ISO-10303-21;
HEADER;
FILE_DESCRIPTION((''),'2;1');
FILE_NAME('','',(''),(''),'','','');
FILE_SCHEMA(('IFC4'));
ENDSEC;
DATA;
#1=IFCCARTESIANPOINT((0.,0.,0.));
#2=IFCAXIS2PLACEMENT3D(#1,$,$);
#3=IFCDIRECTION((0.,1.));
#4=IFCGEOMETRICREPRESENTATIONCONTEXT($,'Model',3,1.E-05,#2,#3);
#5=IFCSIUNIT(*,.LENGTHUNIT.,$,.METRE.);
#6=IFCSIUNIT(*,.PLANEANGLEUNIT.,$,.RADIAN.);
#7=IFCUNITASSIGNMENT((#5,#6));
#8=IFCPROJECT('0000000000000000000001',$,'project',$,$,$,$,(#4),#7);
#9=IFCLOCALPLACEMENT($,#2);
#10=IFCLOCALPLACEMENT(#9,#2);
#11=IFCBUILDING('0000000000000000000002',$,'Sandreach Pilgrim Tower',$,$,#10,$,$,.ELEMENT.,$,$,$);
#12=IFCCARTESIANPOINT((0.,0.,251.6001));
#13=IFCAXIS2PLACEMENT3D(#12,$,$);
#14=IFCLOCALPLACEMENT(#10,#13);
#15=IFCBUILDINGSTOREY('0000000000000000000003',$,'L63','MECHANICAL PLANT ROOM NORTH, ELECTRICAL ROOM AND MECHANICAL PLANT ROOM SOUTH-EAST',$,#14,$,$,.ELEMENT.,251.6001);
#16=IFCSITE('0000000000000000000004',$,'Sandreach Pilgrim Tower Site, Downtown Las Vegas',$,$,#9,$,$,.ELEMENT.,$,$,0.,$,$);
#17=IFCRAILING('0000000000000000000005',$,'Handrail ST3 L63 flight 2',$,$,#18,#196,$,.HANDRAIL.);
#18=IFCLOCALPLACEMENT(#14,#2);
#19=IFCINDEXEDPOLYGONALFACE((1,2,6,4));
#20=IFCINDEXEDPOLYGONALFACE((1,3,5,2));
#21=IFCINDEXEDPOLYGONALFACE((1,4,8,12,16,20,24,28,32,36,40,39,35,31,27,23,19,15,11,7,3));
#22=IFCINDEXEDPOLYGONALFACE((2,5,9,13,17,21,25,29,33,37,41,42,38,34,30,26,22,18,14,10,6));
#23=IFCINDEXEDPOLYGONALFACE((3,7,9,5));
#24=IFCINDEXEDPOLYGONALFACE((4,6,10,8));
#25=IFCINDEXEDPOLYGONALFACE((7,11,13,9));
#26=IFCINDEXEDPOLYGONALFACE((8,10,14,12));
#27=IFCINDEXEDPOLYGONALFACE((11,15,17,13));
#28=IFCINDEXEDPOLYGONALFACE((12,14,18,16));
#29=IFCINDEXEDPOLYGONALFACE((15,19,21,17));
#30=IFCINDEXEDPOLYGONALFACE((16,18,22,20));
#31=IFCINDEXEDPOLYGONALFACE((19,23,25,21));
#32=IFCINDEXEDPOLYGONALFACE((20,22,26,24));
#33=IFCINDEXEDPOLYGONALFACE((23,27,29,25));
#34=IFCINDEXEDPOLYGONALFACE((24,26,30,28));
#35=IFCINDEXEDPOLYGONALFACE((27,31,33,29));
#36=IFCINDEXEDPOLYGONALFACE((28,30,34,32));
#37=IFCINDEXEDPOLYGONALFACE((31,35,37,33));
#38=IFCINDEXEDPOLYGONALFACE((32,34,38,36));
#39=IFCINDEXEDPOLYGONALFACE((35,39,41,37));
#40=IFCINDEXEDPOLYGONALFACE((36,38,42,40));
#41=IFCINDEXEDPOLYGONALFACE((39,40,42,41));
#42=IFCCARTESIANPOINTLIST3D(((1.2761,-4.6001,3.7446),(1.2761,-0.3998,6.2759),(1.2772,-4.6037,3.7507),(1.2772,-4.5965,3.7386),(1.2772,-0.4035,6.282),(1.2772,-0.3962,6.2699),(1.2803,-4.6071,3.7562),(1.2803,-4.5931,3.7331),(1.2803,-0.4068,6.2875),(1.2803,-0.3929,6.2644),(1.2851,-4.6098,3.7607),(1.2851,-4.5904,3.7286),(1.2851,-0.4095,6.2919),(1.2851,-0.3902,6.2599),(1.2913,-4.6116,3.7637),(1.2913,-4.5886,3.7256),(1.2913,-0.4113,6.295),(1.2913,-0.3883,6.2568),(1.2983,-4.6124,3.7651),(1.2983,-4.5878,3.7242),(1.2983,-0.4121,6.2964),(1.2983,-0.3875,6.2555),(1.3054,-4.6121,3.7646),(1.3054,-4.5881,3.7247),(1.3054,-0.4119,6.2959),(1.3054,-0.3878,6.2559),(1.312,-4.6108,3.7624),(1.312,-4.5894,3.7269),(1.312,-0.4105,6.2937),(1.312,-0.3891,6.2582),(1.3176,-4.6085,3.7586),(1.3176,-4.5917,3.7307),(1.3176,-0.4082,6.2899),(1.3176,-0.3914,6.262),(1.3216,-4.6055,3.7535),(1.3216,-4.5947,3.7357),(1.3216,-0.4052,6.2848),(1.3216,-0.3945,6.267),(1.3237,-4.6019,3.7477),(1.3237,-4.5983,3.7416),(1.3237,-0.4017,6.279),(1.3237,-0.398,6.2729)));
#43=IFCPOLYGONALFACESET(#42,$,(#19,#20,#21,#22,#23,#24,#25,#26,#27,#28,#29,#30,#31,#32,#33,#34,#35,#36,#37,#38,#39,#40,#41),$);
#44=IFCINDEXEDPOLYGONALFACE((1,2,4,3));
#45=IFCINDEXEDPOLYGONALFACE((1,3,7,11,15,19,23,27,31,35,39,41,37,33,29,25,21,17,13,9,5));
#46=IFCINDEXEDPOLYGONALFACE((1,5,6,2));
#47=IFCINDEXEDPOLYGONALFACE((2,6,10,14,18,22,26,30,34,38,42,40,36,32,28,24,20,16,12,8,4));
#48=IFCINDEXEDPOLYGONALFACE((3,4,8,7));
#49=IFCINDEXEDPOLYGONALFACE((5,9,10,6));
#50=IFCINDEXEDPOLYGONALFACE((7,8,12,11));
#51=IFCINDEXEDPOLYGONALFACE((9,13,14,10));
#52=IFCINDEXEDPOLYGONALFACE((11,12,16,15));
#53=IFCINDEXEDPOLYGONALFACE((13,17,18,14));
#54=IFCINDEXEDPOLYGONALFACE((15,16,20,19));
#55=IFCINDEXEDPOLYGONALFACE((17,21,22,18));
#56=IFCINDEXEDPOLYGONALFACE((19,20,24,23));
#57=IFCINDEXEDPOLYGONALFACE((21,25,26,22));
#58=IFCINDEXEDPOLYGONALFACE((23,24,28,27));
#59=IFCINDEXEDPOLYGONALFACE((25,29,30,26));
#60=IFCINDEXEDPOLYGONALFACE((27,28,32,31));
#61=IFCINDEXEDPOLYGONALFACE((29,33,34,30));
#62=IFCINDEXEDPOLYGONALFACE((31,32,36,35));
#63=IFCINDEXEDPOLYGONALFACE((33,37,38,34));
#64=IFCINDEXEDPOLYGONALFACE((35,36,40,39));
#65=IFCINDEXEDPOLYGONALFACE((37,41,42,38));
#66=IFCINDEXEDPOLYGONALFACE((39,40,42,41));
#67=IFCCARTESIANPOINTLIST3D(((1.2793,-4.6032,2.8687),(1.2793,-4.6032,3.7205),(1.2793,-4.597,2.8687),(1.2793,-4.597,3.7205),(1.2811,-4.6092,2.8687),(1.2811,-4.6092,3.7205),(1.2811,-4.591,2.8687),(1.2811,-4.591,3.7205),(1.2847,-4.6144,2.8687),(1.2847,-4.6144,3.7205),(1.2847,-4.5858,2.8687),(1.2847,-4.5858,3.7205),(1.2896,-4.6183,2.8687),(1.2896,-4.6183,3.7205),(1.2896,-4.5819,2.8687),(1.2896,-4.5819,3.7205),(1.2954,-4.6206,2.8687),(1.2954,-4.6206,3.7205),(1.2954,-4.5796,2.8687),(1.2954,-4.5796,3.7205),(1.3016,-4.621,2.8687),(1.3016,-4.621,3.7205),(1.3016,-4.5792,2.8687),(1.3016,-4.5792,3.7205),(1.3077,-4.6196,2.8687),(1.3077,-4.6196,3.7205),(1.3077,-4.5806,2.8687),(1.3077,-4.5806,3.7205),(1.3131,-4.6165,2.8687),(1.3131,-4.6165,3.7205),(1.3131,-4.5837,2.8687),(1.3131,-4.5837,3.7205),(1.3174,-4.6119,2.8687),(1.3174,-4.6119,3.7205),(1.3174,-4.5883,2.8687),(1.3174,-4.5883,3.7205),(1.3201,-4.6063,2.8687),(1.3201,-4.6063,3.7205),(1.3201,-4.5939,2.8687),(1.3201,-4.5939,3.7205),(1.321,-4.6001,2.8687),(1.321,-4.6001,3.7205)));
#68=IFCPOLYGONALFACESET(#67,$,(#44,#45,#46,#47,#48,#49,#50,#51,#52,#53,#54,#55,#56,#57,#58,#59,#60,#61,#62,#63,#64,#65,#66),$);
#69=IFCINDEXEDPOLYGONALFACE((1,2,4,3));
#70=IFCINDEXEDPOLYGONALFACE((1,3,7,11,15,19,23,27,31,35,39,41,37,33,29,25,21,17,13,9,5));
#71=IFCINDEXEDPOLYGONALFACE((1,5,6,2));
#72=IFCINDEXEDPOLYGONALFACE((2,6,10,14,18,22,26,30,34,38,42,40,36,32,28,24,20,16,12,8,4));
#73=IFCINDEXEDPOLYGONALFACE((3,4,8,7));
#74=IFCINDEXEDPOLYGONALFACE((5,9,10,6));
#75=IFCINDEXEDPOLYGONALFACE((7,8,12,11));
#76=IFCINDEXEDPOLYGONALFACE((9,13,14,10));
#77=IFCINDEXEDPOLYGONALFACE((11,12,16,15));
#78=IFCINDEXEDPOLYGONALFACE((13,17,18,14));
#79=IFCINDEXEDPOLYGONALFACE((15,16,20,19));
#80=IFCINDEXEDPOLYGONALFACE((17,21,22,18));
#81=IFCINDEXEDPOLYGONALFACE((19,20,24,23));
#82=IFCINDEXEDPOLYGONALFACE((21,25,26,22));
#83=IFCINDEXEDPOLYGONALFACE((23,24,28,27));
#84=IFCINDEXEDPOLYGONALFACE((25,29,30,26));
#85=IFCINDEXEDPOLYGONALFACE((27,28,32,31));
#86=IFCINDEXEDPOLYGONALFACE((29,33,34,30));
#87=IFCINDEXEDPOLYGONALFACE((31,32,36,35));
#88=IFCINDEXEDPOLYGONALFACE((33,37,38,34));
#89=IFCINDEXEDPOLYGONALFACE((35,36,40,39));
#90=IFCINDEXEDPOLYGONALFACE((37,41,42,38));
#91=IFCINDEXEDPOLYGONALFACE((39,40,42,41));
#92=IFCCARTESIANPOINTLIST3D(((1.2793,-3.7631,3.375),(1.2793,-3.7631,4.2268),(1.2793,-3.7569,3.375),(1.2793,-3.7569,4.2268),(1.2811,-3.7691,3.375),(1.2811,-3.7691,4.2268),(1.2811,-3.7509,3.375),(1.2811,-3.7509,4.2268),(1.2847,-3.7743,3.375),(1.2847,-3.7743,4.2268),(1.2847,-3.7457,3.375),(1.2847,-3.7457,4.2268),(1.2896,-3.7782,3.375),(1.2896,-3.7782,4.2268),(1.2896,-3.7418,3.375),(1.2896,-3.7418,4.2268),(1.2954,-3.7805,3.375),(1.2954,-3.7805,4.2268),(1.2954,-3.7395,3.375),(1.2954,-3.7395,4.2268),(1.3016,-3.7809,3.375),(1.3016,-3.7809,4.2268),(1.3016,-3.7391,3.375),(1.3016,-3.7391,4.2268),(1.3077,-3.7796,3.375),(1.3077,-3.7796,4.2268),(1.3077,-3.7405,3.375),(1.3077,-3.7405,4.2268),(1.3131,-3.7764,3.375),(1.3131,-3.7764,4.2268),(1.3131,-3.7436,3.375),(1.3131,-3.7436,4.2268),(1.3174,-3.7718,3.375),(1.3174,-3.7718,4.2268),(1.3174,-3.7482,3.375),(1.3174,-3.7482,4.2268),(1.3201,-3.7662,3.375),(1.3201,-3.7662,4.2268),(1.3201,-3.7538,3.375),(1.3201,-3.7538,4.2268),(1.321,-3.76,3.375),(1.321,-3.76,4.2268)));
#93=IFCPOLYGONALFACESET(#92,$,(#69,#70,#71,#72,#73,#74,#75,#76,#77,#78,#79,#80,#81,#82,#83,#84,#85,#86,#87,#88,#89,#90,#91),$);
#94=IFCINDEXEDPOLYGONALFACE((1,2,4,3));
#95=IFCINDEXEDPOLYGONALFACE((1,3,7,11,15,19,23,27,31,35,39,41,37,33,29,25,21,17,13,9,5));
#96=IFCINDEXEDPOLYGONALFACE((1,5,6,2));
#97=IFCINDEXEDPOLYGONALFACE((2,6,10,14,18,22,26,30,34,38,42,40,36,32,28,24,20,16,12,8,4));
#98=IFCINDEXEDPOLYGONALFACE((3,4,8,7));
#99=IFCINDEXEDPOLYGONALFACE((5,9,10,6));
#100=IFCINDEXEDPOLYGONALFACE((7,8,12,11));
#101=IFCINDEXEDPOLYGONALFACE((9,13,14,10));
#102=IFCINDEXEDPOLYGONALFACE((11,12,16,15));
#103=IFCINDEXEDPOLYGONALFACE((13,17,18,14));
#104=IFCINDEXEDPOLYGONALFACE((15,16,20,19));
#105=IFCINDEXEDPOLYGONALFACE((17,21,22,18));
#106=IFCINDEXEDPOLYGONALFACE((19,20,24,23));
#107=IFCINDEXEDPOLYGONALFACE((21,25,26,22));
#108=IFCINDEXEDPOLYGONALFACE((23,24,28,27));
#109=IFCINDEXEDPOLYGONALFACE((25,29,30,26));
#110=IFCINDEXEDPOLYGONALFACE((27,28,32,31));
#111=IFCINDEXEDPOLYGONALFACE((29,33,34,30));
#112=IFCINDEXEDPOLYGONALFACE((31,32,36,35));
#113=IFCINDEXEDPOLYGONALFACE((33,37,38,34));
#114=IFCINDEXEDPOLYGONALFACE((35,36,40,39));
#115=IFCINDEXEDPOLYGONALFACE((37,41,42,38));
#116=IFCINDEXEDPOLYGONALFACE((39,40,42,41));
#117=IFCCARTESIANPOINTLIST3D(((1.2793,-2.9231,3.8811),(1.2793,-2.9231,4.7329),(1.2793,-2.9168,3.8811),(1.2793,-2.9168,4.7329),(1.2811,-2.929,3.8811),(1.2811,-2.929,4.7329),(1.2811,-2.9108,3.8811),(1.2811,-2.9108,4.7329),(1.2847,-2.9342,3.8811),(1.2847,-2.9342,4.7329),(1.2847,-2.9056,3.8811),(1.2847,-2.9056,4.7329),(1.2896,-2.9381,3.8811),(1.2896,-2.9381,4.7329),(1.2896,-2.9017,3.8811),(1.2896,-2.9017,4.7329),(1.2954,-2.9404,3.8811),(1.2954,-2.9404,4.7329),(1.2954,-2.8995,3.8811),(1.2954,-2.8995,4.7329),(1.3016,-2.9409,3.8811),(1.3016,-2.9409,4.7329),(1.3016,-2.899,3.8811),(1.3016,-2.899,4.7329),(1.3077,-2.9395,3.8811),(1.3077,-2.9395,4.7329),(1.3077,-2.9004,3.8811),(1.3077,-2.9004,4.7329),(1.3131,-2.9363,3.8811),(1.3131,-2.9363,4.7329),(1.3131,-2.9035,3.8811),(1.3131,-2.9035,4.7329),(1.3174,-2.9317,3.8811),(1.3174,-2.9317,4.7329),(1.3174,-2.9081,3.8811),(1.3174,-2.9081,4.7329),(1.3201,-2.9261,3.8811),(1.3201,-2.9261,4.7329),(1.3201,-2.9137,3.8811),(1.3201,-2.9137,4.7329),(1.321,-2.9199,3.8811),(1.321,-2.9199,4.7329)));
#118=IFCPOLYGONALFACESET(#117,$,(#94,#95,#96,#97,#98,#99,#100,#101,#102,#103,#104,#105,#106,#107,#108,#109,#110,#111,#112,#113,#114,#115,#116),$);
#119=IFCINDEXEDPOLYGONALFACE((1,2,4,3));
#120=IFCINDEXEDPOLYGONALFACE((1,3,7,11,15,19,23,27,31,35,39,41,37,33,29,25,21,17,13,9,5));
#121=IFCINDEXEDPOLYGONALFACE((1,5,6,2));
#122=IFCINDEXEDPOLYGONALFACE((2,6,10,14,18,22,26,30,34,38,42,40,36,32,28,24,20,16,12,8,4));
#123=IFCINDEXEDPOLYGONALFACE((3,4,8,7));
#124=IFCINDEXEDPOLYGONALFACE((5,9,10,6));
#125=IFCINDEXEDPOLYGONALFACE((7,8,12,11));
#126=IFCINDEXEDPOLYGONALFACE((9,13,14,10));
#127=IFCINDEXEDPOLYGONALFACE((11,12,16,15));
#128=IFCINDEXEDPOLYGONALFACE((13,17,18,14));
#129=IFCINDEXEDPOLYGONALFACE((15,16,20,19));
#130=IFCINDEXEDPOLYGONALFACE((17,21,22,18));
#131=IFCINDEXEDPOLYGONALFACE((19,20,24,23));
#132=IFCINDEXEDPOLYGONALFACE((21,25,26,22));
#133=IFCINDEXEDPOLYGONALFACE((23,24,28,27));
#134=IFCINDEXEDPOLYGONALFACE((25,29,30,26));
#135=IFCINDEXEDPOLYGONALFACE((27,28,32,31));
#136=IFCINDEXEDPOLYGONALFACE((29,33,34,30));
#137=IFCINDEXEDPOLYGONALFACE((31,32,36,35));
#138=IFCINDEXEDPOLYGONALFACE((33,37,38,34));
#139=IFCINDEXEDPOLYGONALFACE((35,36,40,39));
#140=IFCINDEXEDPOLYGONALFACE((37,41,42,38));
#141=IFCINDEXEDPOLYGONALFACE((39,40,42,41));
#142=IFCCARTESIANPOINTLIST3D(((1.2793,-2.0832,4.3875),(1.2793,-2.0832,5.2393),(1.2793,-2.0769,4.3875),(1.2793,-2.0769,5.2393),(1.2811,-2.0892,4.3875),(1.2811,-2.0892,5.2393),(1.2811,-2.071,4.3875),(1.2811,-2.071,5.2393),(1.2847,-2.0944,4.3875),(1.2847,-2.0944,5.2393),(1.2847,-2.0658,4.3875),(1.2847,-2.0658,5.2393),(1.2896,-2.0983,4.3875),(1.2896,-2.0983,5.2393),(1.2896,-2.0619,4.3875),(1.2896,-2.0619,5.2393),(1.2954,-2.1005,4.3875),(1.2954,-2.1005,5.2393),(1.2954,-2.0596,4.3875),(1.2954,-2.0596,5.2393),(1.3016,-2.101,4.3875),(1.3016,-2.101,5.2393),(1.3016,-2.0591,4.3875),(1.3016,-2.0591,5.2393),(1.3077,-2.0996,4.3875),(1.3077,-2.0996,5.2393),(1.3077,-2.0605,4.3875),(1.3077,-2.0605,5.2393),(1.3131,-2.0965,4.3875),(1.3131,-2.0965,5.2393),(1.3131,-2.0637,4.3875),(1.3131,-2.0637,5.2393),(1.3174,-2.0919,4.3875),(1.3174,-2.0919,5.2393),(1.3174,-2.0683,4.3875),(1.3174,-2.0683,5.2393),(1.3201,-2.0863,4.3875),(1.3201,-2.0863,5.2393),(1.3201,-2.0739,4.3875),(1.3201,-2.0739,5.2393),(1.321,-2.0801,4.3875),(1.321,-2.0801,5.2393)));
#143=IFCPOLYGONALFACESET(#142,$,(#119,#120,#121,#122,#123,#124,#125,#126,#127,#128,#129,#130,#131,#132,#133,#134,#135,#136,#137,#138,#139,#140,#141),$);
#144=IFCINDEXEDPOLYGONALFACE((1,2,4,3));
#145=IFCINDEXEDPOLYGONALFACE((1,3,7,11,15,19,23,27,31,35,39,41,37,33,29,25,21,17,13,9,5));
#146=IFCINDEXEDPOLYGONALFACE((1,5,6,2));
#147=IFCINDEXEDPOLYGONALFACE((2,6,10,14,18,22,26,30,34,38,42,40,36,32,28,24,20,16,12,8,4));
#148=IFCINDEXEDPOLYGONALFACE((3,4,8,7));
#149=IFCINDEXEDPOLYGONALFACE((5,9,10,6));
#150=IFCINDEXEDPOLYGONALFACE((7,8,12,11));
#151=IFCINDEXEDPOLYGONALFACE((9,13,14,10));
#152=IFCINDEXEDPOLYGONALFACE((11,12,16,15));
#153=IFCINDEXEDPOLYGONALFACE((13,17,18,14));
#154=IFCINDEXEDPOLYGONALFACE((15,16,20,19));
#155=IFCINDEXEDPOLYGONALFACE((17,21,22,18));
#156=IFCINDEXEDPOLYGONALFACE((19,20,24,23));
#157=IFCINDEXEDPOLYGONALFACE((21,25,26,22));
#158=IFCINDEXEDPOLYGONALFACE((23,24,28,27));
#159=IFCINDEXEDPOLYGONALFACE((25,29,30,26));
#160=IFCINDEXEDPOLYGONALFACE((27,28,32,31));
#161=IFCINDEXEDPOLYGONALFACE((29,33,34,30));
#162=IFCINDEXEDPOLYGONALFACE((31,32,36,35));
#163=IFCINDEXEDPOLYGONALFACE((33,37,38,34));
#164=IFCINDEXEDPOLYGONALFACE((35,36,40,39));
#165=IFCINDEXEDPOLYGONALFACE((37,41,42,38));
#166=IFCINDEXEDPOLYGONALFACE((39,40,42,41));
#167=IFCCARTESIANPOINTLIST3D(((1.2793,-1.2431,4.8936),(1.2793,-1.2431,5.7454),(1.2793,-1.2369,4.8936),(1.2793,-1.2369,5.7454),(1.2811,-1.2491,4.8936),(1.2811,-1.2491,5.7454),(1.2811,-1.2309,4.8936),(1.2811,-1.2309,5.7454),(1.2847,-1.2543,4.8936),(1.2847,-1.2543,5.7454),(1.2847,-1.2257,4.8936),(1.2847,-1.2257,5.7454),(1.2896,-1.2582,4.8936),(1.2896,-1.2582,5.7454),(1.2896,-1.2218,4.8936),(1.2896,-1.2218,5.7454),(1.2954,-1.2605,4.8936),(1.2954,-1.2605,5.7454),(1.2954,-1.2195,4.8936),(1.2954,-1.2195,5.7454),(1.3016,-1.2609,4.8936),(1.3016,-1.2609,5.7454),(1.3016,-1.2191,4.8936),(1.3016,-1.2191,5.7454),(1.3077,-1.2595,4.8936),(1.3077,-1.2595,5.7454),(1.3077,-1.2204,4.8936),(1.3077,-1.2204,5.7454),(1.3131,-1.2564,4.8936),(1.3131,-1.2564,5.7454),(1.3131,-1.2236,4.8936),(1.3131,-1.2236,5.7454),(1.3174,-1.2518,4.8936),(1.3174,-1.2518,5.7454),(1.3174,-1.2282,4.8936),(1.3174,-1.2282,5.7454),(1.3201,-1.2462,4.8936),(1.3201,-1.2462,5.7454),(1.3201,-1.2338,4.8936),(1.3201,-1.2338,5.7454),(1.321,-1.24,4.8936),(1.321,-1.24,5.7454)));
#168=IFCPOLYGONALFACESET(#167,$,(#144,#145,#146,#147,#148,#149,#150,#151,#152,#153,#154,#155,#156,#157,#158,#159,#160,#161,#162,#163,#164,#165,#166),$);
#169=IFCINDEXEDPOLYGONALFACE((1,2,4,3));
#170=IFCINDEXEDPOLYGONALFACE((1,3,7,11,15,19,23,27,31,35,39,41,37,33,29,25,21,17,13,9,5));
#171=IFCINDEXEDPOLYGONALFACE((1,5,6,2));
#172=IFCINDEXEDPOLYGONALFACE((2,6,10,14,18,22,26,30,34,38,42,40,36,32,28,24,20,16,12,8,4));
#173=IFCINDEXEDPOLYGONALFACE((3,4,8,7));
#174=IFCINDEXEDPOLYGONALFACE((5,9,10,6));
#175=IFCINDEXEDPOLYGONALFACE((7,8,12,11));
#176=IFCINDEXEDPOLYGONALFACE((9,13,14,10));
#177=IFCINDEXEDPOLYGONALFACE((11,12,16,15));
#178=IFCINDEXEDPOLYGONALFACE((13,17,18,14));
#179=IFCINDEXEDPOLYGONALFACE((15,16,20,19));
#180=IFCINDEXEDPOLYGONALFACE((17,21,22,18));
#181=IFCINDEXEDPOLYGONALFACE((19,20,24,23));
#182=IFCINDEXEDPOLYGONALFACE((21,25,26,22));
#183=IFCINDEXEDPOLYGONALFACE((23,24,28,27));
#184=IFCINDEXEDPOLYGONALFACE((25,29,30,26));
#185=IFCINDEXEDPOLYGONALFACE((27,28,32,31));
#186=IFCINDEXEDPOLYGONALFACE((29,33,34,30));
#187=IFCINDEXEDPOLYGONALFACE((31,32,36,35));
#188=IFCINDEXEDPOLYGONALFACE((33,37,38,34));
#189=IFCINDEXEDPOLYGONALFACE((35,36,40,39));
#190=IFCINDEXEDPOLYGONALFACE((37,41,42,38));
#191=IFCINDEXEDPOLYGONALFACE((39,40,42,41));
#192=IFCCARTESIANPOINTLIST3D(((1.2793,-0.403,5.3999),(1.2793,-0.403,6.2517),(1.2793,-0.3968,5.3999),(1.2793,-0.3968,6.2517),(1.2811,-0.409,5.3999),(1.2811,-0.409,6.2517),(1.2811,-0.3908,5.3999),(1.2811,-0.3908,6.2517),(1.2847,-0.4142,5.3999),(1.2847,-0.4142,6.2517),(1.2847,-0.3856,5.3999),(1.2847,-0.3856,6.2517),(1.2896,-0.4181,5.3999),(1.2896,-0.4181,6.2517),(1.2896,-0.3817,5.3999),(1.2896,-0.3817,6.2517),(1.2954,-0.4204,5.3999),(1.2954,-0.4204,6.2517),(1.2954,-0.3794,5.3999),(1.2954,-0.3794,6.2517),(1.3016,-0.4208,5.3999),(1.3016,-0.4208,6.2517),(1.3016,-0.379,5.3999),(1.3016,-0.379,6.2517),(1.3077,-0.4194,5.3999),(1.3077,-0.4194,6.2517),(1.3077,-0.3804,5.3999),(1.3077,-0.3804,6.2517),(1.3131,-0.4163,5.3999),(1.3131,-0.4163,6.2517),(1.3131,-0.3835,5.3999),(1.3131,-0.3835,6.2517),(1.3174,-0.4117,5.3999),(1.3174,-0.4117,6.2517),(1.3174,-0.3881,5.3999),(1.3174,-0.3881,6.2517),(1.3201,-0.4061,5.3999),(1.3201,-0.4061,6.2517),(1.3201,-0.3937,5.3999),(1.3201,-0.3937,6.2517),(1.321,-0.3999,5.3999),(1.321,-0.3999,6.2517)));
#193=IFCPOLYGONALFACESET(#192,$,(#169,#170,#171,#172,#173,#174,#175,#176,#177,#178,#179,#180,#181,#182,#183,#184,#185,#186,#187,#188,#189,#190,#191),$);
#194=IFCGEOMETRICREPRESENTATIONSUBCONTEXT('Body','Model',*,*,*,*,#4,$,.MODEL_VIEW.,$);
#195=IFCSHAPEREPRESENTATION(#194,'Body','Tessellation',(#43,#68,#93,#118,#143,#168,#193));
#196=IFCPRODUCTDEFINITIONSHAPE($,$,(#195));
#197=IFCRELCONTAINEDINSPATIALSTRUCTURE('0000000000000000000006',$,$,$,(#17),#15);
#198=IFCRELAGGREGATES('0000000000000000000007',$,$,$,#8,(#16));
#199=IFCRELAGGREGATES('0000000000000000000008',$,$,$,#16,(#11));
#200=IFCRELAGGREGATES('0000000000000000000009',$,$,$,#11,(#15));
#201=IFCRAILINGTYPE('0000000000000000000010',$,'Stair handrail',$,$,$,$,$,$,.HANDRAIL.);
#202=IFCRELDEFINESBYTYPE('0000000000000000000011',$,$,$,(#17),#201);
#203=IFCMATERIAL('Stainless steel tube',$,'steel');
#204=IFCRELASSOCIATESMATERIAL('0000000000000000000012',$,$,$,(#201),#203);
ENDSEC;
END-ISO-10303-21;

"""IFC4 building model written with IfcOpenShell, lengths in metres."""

from ifc_helpers import new_model, si_unit, direction, frame, origin, origin_2d, place, context, subcontext, project, spatial, circle, extrude, material, type_object, element, save


model = new_model("IFC4")

# Units and contexts
model_context = context("Model", 3, precision=1e-05, world=origin(), true_north=direction((0.0, 1.0)))
body_context = subcontext(model_context, "Body", "Model", "MODEL_VIEW")
ifc_project = project(units=[si_unit("LENGTHUNIT", "METRE"), si_unit("PLANEANGLEUNIT", "RADIAN")], contexts=[model_context])

# Site, building, storey
site_placement = place(None, origin())
site = spatial("IfcSite", under=ifc_project, at=site_placement, Name="Sandreach Pilgrim Tower Site, Downtown Las Vegas", CompositionType="ELEMENT", RefElevation=0.0)
building_placement = place(site_placement, origin())
building = spatial("IfcBuilding", under=site, at=building_placement, Name="Sandreach Pilgrim Tower", CompositionType="ELEMENT")
storey_placement = place(building_placement, frame((0.0, 0.0, 251.6001)))
storey = spatial("IfcBuildingStorey", under=building, at=storey_placement, Name="L63", Description="MECHANICAL PLANT ROOM NORTH, ELECTRICAL ROOM AND MECHANICAL PLANT ROOM SOUTH-EAST", CompositionType="ELEMENT", Elevation=251.6001)

# Railing
ifc_material_1 = material(Name="Stainless steel tube", Category="steel")
railing_type = type_object("IfcRailingType", Name="Stair handrail", PredefinedType="HANDRAIL", material=ifc_material_1)
for number, where, name in (
    (1, (1.3, -4.6001, 2.8687), "Handrail ST3 L63 flight 2"),
):
    element("IfcRailing", number, at=place(storey_placement, frame(where)), inside=storey, type_object=railing_type, Name=name, PredefinedType="HANDRAIL", context=body_context, shape_type="SweptSolid", body=[
        extrude(circle(Radius=0.0239, at=origin_2d()), frame((0.0, 0.0, 0.876), z_axis=(0.0, 0.85649, 0.516164), x_axis=(-1.0, 0.0, 0.0)), (0.0, 0.0, 1.0), 4.9041),
        extrude(circle(Radius=0.021, at=origin_2d()), origin(), (0.0, 0.0, 1.0), 0.8518),
        extrude(circle(Radius=0.021, at=origin_2d()), frame((0.0, 0.8401, 0.5063)), (0.0, 0.0, 1.0), 0.8518),
        extrude(circle(Radius=0.021, at=origin_2d()), frame((0.0, 1.6802, 1.0125)), (0.0, 0.0, 1.0), 0.8518),
        extrude(circle(Radius=0.021, at=origin_2d()), frame((0.0, 2.52, 1.5188)), (0.0, 0.0, 1.0), 0.8518),
        extrude(circle(Radius=0.021, at=origin_2d()), frame((0.0, 3.3601, 2.0249)), (0.0, 0.0, 1.0), 0.8518),
        extrude(circle(Radius=0.021, at=origin_2d()), frame((0.0, 4.2002, 2.5312)), (0.0, 0.0, 1.0), 0.8518),
    ])

save(model, "model.ifc")
